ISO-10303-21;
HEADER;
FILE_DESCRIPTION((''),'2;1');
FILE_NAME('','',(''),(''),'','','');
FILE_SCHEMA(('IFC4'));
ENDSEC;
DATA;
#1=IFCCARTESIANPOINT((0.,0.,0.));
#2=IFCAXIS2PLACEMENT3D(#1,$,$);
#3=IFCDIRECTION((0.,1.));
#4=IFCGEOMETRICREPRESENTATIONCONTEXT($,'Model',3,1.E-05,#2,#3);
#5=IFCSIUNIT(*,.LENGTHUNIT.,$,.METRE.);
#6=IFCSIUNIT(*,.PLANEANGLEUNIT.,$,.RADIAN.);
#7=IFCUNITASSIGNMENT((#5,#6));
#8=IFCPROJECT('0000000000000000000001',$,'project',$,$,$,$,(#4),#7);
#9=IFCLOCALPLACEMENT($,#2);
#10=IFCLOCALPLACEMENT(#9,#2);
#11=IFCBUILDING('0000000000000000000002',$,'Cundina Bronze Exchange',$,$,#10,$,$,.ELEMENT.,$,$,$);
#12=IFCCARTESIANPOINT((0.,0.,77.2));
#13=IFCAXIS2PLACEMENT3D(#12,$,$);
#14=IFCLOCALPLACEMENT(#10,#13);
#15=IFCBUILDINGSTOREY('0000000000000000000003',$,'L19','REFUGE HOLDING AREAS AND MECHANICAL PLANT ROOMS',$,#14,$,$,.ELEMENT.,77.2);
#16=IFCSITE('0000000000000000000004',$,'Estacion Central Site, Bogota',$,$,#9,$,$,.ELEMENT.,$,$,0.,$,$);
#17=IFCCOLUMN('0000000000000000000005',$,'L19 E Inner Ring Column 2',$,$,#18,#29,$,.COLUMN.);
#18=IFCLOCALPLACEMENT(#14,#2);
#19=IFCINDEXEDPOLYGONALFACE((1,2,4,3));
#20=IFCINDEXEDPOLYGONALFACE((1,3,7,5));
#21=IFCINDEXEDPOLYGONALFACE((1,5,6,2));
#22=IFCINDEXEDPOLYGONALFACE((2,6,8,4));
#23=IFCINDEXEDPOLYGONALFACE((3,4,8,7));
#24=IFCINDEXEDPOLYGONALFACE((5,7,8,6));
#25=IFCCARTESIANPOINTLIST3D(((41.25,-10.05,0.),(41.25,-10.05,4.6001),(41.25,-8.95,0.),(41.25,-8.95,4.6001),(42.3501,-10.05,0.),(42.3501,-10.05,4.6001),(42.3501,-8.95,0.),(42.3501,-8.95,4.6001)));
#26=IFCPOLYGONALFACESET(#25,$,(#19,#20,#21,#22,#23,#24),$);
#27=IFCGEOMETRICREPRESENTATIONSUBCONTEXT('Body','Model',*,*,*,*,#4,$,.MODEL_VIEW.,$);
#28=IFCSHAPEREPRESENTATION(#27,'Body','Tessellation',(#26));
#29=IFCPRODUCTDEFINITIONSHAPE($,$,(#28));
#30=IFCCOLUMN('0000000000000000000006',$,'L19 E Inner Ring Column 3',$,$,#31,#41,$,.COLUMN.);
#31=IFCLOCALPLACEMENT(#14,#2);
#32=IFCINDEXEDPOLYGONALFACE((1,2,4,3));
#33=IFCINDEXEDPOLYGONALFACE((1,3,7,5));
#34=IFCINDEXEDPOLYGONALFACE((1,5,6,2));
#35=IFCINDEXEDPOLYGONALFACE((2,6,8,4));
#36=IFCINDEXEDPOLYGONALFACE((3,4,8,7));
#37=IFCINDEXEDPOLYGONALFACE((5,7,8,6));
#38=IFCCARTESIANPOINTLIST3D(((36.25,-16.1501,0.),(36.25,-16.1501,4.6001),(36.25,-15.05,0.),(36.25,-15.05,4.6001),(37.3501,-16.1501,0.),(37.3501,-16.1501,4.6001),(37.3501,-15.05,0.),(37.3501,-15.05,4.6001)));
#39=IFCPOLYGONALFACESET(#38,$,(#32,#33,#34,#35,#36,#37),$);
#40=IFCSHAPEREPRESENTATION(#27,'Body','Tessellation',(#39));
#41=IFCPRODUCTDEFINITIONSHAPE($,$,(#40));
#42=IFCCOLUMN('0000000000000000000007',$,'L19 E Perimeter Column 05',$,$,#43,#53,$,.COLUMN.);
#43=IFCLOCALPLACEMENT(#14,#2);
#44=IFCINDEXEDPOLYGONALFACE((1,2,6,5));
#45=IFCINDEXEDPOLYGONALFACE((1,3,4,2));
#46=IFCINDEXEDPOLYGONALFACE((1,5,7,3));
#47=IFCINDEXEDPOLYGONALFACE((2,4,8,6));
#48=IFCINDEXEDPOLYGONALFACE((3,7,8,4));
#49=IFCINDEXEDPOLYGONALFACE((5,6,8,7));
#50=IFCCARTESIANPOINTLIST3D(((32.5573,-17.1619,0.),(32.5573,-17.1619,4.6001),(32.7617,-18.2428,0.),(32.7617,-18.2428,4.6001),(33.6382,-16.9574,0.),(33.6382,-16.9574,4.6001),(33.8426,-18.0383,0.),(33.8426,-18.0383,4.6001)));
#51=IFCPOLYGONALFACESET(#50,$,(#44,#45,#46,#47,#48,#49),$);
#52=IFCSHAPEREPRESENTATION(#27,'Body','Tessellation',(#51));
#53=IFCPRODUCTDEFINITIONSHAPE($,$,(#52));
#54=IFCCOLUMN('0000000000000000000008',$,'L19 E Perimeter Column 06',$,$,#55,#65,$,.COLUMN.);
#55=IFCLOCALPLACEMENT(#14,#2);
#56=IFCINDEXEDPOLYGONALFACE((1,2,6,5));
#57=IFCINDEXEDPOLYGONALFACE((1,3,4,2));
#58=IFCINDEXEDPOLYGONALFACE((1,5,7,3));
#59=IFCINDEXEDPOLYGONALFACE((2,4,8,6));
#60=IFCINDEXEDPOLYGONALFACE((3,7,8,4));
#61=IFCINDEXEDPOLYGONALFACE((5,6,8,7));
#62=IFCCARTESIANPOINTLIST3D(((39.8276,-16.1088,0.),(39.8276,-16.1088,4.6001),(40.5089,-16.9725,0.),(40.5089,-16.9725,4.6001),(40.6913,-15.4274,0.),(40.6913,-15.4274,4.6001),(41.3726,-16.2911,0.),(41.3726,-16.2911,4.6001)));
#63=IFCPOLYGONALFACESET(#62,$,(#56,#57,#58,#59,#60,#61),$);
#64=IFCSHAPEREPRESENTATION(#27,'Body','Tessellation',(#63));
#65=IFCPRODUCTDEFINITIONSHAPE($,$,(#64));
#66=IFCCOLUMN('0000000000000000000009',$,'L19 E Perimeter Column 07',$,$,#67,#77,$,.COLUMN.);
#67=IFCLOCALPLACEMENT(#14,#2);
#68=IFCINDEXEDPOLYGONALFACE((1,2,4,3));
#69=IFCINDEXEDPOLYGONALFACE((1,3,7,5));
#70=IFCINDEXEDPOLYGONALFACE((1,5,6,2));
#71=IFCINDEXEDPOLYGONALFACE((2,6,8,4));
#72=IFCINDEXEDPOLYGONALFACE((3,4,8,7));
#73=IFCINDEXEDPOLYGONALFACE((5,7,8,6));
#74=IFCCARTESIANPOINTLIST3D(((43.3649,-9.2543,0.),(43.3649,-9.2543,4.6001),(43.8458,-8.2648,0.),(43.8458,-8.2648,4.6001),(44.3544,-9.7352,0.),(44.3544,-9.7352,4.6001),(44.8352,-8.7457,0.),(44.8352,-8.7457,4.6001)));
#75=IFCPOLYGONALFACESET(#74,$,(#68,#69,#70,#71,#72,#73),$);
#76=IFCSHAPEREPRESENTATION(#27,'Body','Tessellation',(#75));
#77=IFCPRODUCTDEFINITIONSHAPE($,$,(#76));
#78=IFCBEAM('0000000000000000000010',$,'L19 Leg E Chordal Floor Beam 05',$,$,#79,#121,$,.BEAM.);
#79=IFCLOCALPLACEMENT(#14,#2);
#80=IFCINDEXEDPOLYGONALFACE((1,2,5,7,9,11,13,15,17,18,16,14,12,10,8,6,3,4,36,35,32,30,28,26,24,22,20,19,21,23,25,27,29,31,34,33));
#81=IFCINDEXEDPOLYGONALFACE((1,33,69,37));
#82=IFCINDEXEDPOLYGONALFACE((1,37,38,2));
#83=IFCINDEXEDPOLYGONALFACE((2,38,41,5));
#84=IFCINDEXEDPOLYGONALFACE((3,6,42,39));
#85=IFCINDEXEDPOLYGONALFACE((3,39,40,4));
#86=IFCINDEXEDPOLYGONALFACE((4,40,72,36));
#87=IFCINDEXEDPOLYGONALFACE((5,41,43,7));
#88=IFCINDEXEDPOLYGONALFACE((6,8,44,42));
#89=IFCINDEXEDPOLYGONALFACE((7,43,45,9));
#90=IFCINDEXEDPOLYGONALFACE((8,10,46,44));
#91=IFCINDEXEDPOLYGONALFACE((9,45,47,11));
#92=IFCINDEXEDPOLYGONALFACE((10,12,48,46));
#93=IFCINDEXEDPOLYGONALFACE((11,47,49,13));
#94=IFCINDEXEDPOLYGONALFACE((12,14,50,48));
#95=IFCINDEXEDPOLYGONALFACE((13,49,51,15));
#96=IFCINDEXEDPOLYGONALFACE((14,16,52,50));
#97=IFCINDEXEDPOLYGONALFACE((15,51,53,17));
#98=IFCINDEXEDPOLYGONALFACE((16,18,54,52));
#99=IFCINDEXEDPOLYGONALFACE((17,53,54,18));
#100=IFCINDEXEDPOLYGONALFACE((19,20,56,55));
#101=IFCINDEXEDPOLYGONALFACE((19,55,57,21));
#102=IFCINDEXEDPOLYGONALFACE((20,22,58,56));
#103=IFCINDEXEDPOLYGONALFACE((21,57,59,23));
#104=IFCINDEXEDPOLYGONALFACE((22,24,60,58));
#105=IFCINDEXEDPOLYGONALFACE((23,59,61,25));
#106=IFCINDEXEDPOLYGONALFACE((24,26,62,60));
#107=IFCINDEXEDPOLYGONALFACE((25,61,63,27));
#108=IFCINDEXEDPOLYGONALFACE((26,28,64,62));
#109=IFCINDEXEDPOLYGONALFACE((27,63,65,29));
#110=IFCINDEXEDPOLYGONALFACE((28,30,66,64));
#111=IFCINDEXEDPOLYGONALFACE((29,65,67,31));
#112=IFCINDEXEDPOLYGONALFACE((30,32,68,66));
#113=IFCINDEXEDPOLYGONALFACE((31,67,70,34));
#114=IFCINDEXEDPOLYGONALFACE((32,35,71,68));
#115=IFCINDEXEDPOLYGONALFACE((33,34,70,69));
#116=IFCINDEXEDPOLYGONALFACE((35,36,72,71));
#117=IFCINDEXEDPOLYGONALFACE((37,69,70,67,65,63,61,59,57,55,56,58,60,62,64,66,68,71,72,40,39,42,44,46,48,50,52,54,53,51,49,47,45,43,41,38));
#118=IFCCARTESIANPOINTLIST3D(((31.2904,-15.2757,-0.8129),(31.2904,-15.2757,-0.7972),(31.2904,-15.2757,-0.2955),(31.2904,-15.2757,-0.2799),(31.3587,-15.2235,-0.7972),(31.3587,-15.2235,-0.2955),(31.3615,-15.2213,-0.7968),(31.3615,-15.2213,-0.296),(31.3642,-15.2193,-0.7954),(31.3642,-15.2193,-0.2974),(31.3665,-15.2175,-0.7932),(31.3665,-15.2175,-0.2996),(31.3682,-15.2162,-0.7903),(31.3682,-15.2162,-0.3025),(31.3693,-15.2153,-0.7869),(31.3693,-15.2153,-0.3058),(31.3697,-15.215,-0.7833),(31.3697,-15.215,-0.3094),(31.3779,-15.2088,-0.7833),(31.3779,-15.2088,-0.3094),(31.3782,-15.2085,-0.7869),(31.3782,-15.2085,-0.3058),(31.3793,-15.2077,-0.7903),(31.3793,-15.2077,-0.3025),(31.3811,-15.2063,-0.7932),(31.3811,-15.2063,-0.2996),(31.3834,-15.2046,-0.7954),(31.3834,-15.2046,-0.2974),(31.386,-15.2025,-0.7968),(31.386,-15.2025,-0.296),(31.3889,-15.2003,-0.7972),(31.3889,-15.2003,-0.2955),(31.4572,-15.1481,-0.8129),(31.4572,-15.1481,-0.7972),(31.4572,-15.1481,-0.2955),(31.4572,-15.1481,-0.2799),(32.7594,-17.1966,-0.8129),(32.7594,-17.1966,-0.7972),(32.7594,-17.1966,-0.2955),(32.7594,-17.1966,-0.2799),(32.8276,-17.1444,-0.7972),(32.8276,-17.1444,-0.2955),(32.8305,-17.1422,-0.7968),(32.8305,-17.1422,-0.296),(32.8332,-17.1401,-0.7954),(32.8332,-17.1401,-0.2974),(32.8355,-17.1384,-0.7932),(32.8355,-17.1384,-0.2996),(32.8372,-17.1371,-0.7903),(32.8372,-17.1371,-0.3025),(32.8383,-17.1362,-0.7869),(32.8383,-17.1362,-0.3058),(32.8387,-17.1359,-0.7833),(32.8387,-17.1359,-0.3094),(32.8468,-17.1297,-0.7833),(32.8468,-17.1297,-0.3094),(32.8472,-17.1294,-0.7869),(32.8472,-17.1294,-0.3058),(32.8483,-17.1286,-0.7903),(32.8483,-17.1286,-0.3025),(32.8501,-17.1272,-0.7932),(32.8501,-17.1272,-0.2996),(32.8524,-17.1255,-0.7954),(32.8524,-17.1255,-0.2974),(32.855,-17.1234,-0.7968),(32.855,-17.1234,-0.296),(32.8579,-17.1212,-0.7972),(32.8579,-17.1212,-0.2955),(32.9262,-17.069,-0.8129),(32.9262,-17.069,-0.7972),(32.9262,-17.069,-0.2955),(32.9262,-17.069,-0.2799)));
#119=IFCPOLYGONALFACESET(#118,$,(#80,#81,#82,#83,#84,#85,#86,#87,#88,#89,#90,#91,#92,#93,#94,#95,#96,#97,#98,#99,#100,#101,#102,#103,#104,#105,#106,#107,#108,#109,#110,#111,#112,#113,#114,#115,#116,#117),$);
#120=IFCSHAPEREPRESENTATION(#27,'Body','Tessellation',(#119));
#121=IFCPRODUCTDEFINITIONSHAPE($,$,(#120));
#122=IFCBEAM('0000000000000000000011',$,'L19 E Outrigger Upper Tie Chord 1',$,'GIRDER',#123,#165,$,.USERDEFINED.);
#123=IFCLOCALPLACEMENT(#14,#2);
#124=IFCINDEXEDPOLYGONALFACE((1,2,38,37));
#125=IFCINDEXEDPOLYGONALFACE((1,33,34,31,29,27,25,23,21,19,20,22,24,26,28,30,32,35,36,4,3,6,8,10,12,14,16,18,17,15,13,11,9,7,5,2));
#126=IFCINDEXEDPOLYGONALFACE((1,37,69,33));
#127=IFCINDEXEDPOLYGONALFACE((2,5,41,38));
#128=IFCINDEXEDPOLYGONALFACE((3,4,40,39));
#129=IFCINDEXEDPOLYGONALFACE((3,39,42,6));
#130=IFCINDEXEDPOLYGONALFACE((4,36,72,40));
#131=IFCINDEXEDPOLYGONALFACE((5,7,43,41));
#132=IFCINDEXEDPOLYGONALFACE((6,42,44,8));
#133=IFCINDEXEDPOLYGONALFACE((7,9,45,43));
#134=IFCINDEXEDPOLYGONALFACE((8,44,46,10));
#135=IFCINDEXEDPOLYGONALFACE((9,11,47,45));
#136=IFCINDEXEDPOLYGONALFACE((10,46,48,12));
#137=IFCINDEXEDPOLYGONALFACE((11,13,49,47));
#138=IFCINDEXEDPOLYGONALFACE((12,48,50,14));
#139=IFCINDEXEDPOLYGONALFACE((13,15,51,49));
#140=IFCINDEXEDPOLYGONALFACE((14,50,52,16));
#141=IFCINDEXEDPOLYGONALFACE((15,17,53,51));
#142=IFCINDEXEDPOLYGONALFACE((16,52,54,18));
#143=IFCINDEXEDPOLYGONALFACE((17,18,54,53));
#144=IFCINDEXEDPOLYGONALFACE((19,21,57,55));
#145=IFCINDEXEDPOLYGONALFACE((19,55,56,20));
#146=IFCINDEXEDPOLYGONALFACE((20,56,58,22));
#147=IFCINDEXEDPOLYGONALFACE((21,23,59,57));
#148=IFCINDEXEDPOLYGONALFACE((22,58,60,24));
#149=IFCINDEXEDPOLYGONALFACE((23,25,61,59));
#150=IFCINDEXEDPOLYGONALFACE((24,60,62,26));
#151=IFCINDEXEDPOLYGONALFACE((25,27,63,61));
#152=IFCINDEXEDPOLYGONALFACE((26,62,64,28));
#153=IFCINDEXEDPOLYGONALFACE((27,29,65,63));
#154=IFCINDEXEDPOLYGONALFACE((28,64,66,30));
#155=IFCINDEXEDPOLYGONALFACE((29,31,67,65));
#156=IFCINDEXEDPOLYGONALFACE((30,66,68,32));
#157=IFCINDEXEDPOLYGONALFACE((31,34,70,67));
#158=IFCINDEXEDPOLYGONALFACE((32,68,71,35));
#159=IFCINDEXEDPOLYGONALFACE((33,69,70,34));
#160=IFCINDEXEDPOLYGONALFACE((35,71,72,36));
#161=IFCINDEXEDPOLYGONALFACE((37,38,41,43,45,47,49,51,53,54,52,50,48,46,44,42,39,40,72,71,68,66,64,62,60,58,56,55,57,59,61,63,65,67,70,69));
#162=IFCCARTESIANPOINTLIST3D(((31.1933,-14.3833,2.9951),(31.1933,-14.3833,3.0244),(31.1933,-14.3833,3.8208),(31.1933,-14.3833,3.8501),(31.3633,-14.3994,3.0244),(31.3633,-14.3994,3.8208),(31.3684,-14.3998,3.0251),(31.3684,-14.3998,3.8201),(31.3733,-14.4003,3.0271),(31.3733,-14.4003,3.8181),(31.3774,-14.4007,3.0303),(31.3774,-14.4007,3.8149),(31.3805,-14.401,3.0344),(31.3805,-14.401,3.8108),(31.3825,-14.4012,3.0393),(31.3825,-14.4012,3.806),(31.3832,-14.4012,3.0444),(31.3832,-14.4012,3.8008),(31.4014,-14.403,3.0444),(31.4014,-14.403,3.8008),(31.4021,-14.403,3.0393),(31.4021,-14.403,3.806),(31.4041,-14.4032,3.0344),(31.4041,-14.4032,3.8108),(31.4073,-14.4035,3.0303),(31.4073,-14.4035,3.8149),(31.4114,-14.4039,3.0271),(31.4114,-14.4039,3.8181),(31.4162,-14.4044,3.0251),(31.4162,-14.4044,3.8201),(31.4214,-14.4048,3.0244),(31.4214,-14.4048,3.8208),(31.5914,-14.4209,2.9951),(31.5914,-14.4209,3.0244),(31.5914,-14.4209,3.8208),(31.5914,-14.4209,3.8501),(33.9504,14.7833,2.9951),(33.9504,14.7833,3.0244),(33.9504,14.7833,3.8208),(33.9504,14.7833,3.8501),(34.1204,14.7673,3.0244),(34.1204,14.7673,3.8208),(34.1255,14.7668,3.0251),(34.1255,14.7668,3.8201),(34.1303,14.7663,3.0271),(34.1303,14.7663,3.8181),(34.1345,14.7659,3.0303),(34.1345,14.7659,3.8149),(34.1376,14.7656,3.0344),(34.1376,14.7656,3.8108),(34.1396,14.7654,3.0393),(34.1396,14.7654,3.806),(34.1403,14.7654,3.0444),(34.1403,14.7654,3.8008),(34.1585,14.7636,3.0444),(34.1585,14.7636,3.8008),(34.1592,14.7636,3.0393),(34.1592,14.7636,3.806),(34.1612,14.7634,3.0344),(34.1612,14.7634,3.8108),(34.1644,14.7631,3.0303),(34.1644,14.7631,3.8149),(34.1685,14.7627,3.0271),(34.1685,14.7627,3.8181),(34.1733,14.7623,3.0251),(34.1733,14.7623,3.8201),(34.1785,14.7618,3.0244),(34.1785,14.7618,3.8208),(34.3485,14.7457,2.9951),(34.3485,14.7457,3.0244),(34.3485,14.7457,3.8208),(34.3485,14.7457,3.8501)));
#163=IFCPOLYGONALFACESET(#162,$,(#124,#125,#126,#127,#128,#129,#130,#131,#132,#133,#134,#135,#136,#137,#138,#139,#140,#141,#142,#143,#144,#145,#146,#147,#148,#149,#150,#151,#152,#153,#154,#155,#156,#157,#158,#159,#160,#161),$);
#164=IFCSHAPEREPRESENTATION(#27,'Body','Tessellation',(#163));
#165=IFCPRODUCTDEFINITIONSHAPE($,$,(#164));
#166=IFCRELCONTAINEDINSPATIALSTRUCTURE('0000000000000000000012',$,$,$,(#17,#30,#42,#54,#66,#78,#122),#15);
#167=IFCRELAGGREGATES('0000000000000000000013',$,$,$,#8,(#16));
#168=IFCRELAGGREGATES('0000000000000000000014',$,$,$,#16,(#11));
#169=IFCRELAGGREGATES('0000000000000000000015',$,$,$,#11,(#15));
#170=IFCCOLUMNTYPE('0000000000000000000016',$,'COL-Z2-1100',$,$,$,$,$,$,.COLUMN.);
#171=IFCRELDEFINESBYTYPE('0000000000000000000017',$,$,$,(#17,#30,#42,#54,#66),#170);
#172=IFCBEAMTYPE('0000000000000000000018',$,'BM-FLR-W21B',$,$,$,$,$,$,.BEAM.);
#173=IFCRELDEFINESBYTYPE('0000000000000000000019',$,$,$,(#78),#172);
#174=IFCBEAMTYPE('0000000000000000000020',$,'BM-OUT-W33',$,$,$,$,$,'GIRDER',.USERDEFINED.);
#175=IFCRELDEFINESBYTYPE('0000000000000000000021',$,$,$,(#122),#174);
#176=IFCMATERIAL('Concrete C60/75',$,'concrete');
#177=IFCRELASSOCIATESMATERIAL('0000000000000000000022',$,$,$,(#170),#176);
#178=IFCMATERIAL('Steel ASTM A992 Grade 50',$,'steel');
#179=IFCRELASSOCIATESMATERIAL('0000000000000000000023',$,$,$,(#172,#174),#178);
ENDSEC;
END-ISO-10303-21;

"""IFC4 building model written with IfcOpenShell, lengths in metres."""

from ifc_helpers import new_model, si_unit, direction, frame, origin, origin_2d, place, context, subcontext, project, spatial, rectangle, i_section, extrude, material, material_profile, profile_set, type_object, element, save


model = new_model("IFC4")

# Units and contexts
model_context = context("Model", 3, precision=1e-05, world=origin(), true_north=direction((0.0, 1.0)))
body_context = subcontext(model_context, "Body", "Model", "MODEL_VIEW")
ifc_project = project(units=[si_unit("LENGTHUNIT", "METRE"), si_unit("PLANEANGLEUNIT", "RADIAN")], contexts=[model_context])

# Site, building, storey
site_placement = place(None, origin())
site = spatial("IfcSite", under=ifc_project, at=site_placement, Name="Estacion Central Site, Bogota", CompositionType="ELEMENT", RefElevation=0.0)
building_placement = place(site_placement, origin())
building = spatial("IfcBuilding", under=site, at=building_placement, Name="Cundina Bronze Exchange", CompositionType="ELEMENT")
storey_placement = place(building_placement, frame((0.0, 0.0, 77.2)))
storey = spatial("IfcBuildingStorey", under=building, at=storey_placement, Name="L19", Description="REFUGE HOLDING AREAS AND MECHANICAL PLANT ROOMS", CompositionType="ELEMENT", Elevation=77.2)

# Columns
ifc_material_1 = material(Name="Concrete C60/75", Category="concrete")
ifc_material_profile_1 = material_profile(ifc_material_1, rectangle(XDim=1.1001, YDim=1.1001, at=origin_2d()), Name="RC1100X1100", Category="concrete")
ifc_profile_set_1 = profile_set([ifc_material_profile_1], Name="Concrete C60/75")
column_type = type_object("IfcColumnType", Name="COL-Z2-1100", PredefinedType="COLUMN", material=ifc_profile_set_1)
for number, where, z_axis, x_axis, name in (
    (1, (41.8, -9.5, 0.0), (0.0, 0.0, 1.0), (1.0, 0.0, 0.0), "L19 E Inner Ring Column 2"),
    (2, (36.8, -15.6001, 0.0), (0.0, 0.0, 1.0), (1.0, 0.0, 0.0), "L19 E Inner Ring Column 3"),
    (3, (33.2, -17.6001, 0.0), (0.0, 0.0, 1.0), (0.98258, 0.185838, 0.0), "L19 E Perimeter Column 05"),
    (4, (40.6001, -16.2, 0.0), (0.0, 0.0, 1.0), (0.785101, 0.619368, 0.0), "L19 E Perimeter Column 06"),
    (5, (44.1001, -9.0, 0.0), (0.0, 0.0, 1.0), (0.437116, 0.899405, 0.0), "L19 E Perimeter Column 07"),
):
    element("IfcColumn", number, at=place(storey_placement, frame(where, z_axis=z_axis, x_axis=x_axis)), inside=storey, type_object=column_type, Name=name, PredefinedType="COLUMN", context=body_context, shape_type="SweptSolid", body=[
        extrude(rectangle(XDim=1.1001, YDim=1.1001, at=origin_2d()), origin(), (0.0, 0.0, 1.0), 4.6001),
    ])

# Beams
ifc_material_2 = material(Name="Steel ASTM A992 Grade 50", Category="steel")
ifc_material_profile_2 = material_profile(ifc_material_2, i_section(OverallWidth=0.21, OverallDepth=0.533, WebThickness=0.0103, FlangeThickness=0.0156, FilletRadius=0.0139, at=origin_2d()), Name="W21X62", Category="steel")
ifc_profile_set_2 = profile_set([ifc_material_profile_2], Name="Steel ASTM A992 Grade 50")
beam_type_1 = type_object("IfcBeamType", Name="BM-FLR-W21B", PredefinedType="BEAM", material=ifc_profile_set_2)
beam_1_placement = place(storey_placement, frame((31.3738, -15.2119, -0.5464), z_axis=(0.607469, -0.794344, 0.0), x_axis=(0.794344, 0.607469, 0.0)))
element("IfcBeam", 6, at=beam_1_placement, inside=storey, type_object=beam_type_1, Name="L19 Leg E Chordal Floor Beam 05", PredefinedType="BEAM", context=body_context, shape_type="SweptSolid", body=[
    extrude(i_section(OverallWidth=0.21, OverallDepth=0.533, WebThickness=0.0103, FlangeThickness=0.0156, FilletRadius=0.0139, at=origin_2d()), origin(), (0.0, 0.0, 1.0), 2.4182),
])
ifc_material_profile_3 = material_profile(ifc_material_2, i_section(OverallWidth=0.3999, OverallDepth=0.855, WebThickness=0.0183, FlangeThickness=0.0293, FilletRadius=0.02, at=origin_2d()), Name="W33X201", Category="steel")
ifc_profile_set_3 = profile_set([ifc_material_profile_3], Name="Steel ASTM A992 Grade 50")
beam_type_2 = type_object("IfcBeamType", Name="BM-OUT-W33", ElementType="GIRDER", PredefinedType="USERDEFINED", material=ifc_profile_set_3)
beam_2_placement = place(storey_placement, frame((31.3923, -14.4021, 3.4226), z_axis=(0.094109, 0.995562, 0.0), x_axis=(-0.995562, 0.094109, 0.0)))
element("IfcBeam", 7, at=beam_2_placement, inside=storey, type_object=beam_type_2, Name="L19 E Outrigger Upper Tie Chord 1", ObjectType="GIRDER", PredefinedType="USERDEFINED", context=body_context, shape_type="SweptSolid", body=[
    extrude(i_section(OverallWidth=0.3999, OverallDepth=0.855, WebThickness=0.0183, FlangeThickness=0.0293, FilletRadius=0.02, at=origin_2d()), origin(), (0.0, 0.0, 1.0), 29.2966),
])

save(model, "model.ifc")
